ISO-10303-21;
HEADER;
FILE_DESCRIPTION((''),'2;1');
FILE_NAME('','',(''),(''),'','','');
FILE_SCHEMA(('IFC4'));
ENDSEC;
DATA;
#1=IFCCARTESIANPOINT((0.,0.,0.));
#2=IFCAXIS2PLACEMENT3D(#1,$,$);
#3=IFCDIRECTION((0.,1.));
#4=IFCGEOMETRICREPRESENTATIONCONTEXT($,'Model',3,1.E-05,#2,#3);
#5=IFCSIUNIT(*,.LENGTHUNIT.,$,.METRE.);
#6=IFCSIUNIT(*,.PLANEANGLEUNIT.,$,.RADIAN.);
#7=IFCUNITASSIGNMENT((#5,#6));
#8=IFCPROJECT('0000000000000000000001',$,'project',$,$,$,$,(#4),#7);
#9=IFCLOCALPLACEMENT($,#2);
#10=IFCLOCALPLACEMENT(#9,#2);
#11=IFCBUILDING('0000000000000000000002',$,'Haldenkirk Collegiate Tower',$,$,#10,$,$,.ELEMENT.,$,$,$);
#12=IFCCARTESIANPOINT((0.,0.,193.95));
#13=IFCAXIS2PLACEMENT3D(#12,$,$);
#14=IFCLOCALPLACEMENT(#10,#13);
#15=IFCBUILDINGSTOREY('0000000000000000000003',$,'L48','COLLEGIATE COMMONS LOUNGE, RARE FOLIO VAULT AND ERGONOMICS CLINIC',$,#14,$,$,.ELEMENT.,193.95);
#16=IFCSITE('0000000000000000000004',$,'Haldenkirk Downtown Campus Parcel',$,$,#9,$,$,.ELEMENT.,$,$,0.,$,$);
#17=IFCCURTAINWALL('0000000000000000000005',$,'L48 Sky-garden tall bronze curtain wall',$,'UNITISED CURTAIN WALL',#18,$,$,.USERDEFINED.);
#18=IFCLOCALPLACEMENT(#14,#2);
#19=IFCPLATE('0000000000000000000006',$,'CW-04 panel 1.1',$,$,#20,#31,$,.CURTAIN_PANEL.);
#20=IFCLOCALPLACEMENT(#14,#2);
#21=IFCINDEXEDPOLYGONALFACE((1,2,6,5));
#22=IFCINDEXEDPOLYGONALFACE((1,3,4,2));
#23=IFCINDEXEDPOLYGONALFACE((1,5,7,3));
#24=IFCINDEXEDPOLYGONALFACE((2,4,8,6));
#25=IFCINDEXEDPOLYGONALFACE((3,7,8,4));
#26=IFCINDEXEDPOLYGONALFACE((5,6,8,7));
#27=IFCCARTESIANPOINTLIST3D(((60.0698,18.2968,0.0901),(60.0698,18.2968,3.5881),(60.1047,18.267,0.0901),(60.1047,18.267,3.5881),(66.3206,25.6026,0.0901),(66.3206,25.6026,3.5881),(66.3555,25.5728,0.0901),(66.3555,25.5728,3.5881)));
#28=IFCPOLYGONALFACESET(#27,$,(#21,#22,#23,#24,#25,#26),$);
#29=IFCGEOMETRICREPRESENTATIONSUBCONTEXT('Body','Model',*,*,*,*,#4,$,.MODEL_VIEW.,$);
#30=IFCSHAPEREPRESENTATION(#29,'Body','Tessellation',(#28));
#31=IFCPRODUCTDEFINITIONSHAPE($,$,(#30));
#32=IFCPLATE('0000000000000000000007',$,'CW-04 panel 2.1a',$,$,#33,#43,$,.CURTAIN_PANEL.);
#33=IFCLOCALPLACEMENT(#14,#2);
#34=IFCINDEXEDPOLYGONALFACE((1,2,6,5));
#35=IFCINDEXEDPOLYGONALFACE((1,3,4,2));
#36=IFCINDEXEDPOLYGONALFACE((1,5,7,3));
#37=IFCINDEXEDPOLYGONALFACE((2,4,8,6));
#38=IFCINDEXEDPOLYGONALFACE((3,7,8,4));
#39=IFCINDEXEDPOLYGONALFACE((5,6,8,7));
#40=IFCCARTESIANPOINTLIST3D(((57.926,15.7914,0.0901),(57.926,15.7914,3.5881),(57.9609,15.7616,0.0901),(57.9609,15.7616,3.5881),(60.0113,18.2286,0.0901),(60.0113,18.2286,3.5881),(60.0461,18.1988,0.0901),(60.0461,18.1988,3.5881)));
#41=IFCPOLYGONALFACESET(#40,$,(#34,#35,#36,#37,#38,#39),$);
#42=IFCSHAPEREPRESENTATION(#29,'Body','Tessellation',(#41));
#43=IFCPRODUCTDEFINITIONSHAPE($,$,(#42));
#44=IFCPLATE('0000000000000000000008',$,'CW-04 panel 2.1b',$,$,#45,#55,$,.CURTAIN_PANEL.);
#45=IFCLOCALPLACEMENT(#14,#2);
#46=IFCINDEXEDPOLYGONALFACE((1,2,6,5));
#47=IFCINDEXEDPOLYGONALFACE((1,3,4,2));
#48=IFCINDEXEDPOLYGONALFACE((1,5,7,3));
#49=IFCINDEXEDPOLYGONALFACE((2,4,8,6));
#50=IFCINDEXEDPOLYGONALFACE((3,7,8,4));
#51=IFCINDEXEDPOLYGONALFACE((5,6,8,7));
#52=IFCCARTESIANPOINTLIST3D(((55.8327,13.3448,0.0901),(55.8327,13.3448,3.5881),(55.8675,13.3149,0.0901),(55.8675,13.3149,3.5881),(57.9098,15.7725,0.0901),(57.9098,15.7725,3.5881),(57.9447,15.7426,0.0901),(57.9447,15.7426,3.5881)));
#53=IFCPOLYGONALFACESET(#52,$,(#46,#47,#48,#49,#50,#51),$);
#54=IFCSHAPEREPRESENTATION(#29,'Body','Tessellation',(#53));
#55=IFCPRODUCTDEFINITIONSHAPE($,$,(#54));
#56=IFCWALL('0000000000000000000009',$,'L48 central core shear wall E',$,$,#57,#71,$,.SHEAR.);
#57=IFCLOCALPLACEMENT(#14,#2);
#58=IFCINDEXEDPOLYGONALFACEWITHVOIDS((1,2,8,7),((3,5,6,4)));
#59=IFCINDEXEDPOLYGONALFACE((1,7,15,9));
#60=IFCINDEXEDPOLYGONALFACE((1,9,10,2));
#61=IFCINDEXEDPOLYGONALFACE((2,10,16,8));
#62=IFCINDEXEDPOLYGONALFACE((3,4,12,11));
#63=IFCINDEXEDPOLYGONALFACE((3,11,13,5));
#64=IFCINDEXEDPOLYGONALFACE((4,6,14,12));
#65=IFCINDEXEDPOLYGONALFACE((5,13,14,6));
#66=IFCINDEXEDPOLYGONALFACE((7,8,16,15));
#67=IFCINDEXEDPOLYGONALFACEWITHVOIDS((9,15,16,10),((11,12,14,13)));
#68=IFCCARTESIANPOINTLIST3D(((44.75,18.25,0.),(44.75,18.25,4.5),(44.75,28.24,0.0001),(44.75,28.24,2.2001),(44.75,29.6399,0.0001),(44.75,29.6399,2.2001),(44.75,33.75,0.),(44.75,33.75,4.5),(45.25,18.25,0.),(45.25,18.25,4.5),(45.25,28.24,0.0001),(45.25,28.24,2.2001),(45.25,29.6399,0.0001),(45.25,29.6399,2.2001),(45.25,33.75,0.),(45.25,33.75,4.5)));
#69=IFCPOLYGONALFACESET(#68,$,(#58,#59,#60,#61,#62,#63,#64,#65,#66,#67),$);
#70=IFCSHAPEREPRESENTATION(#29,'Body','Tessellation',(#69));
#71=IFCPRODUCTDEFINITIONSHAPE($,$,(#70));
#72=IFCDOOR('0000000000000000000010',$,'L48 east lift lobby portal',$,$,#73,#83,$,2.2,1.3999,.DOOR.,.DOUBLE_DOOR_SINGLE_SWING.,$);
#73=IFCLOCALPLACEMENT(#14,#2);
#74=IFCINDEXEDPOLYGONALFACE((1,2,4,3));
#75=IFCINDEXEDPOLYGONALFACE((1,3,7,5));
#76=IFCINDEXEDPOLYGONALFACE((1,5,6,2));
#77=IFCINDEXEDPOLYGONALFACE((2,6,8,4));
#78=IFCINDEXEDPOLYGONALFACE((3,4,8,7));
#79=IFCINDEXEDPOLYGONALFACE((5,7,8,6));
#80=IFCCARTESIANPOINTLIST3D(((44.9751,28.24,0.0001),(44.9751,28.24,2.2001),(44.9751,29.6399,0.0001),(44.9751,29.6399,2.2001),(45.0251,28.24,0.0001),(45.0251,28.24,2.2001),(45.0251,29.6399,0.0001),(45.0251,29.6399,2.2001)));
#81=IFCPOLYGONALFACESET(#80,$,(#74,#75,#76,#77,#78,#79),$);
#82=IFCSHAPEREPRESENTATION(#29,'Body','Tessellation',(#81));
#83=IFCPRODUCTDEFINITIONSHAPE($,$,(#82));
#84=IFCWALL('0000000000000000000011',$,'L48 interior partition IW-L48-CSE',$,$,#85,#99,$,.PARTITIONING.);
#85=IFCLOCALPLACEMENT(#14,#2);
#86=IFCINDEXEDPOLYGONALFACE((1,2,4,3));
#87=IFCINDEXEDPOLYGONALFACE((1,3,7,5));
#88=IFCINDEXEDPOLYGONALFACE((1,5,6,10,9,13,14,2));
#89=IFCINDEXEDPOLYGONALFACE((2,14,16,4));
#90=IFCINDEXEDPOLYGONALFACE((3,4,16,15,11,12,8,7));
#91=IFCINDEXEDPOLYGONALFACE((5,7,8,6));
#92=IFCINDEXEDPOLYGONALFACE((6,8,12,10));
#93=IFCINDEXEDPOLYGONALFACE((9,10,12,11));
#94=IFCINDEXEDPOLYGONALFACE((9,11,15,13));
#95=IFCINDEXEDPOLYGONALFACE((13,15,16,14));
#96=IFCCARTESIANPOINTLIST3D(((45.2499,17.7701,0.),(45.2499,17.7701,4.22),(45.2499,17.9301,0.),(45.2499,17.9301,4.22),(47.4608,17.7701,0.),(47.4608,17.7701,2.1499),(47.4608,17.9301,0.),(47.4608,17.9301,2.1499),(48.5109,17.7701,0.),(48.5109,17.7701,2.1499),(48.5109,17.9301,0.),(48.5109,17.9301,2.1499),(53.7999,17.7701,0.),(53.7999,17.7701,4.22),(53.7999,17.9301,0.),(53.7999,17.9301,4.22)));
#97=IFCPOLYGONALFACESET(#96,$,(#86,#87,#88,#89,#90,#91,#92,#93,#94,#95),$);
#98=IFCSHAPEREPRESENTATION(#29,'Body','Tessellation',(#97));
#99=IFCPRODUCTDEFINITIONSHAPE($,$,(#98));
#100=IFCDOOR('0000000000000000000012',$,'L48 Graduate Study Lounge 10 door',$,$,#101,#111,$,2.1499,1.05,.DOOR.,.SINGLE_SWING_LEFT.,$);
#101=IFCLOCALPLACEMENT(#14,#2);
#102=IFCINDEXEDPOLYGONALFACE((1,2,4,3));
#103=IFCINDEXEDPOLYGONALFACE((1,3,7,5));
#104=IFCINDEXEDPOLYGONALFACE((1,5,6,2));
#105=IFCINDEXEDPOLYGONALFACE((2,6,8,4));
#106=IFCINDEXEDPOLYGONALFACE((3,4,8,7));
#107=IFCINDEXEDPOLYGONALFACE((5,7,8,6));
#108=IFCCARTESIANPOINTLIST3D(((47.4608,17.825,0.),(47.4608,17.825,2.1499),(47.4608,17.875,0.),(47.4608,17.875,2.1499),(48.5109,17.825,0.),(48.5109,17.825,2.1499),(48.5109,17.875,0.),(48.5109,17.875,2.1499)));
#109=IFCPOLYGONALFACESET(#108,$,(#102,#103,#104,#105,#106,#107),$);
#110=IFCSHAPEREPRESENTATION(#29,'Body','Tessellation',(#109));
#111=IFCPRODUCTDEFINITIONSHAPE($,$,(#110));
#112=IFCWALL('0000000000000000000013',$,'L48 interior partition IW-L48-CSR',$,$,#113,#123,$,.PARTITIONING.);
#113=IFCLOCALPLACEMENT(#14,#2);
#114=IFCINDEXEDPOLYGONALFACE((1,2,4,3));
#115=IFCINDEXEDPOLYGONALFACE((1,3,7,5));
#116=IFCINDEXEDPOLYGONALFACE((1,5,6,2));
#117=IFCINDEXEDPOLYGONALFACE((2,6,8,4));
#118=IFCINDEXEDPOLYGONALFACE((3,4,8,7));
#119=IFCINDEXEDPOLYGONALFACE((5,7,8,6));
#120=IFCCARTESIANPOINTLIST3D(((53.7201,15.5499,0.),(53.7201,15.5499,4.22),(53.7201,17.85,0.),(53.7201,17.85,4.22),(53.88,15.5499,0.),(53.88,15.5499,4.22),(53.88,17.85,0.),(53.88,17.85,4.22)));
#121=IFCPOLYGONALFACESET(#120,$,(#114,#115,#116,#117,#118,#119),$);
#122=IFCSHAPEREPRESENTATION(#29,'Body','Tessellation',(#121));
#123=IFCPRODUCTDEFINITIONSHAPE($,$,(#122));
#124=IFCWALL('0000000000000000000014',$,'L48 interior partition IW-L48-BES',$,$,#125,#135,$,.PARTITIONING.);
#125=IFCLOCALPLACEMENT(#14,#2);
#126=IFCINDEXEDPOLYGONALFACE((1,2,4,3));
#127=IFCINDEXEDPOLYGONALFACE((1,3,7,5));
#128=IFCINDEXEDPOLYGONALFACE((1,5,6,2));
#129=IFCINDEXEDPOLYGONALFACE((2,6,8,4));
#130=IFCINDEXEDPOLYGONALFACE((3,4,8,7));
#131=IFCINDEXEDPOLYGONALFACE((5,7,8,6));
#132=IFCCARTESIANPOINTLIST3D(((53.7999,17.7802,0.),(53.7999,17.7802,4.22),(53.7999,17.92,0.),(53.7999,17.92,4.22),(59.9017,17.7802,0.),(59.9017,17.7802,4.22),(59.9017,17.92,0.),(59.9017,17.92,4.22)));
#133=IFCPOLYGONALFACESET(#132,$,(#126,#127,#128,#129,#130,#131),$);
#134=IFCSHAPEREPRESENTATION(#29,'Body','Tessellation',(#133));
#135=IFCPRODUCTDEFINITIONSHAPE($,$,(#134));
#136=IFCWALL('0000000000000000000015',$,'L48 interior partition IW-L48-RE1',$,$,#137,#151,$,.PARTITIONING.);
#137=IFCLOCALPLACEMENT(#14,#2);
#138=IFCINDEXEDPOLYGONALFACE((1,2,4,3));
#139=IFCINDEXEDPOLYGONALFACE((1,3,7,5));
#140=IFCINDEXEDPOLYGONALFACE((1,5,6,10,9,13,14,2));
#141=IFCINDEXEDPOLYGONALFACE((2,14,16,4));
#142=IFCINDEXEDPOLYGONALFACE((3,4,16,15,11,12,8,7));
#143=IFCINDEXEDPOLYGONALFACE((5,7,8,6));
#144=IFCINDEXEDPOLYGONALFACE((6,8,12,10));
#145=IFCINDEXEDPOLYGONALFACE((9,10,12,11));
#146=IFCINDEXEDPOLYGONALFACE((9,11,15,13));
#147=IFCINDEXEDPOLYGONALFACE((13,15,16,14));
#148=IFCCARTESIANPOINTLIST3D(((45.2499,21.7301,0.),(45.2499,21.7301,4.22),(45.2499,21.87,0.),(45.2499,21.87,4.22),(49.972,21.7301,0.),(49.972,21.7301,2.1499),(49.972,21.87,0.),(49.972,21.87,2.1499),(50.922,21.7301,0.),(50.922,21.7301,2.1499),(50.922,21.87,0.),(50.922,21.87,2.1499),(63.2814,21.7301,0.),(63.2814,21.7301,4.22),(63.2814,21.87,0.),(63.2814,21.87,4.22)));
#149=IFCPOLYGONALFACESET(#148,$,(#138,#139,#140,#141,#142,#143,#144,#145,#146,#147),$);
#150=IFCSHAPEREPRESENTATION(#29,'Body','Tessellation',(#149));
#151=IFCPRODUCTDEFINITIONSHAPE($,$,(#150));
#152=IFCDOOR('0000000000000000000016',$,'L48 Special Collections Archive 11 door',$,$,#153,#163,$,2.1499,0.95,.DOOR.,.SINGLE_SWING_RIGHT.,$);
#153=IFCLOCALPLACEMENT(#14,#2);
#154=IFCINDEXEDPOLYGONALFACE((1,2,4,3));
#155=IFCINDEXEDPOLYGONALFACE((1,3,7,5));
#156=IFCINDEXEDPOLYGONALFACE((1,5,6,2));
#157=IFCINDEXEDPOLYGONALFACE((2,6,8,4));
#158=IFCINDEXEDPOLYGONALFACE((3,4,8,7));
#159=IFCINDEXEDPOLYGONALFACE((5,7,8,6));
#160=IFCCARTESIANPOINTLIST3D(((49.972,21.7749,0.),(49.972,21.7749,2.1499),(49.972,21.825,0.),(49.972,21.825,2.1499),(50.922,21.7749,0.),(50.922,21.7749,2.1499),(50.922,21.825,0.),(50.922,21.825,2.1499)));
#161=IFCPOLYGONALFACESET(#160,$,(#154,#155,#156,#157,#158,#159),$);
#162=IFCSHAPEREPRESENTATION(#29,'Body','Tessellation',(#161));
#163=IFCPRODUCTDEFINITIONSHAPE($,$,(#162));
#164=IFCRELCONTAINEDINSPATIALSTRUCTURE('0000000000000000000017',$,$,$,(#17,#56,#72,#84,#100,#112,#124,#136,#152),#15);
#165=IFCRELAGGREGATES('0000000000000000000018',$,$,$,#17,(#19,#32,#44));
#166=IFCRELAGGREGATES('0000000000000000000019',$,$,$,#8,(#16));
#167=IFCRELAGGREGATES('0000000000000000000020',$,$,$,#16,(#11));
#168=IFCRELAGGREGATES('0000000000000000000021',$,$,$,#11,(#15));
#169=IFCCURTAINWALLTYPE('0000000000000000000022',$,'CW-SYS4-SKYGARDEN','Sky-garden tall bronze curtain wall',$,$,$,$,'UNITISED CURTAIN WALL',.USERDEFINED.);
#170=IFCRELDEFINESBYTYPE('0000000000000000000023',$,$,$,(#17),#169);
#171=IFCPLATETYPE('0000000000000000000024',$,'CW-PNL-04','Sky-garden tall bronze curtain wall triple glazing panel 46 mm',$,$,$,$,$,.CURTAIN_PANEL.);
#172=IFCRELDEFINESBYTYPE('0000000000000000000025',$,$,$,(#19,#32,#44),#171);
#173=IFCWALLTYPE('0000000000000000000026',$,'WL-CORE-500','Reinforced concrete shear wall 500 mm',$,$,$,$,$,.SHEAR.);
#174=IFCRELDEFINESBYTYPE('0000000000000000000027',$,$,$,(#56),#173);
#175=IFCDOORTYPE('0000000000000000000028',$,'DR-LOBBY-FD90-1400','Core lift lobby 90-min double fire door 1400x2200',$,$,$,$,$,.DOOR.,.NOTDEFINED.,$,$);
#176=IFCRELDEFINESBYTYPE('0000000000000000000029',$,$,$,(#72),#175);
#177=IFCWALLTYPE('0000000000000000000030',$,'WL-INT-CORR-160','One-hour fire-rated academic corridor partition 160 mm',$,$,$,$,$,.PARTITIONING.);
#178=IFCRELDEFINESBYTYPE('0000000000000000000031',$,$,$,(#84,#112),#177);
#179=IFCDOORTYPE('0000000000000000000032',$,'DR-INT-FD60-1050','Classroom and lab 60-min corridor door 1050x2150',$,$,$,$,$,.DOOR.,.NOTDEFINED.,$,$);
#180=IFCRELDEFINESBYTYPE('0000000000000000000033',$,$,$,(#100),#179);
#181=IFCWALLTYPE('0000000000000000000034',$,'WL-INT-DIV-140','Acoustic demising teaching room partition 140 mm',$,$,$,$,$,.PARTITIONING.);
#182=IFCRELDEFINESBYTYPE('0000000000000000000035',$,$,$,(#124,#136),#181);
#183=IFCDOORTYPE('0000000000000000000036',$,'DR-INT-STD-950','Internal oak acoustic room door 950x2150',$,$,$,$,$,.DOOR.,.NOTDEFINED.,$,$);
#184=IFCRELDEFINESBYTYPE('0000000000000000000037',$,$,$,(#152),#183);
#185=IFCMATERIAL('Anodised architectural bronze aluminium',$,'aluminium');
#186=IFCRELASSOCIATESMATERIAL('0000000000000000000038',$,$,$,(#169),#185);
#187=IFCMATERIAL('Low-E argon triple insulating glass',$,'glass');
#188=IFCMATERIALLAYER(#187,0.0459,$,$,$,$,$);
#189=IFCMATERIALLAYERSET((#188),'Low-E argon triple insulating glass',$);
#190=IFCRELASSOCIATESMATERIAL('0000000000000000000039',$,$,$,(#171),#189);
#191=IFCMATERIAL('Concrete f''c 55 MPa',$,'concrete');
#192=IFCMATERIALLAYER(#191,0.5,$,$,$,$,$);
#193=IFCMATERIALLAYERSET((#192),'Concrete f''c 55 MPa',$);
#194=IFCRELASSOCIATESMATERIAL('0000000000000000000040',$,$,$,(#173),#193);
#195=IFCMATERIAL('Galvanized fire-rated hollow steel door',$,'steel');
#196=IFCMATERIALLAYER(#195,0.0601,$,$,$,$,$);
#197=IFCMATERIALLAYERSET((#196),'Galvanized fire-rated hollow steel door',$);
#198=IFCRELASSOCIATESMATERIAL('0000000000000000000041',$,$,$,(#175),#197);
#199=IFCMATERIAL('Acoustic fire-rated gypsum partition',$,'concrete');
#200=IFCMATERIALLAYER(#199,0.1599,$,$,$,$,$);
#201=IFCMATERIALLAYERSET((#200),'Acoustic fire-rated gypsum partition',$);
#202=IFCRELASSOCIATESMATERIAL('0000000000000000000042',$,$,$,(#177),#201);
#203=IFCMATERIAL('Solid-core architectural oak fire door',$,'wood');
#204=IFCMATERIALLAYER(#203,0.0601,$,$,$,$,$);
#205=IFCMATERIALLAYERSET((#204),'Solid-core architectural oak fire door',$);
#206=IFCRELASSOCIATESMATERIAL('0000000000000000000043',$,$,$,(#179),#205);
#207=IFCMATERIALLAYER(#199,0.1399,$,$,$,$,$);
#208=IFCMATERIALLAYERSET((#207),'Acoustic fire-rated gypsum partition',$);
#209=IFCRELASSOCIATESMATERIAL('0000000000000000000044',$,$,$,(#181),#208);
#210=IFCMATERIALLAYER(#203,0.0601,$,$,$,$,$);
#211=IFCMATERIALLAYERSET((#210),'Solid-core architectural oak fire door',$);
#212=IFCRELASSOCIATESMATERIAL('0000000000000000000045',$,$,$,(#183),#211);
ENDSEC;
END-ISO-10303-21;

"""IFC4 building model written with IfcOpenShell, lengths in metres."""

from ifc_helpers import new_model, si_unit, direction, frame, frame_2d, origin, origin_2d, place, context, subcontext, project, spatial, rectangle, extrude, source, transform, mapped, material, layer, layer_set, type_object, element, fill, aggregate, save


model = new_model("IFC4")

# Units and contexts
model_context = context("Model", 3, precision=1e-05, world=origin(), true_north=direction((0.0, 1.0)))
body_context = subcontext(model_context, "Body", "Model", "MODEL_VIEW")
ifc_project = project(units=[si_unit("LENGTHUNIT", "METRE"), si_unit("PLANEANGLEUNIT", "RADIAN")], contexts=[model_context])

# Site, building, storey
site_placement = place(None, origin())
site = spatial("IfcSite", under=ifc_project, at=site_placement, Name="Haldenkirk Downtown Campus Parcel", CompositionType="ELEMENT", RefElevation=0.0)
building_placement = place(site_placement, origin())
building = spatial("IfcBuilding", under=site, at=building_placement, Name="Haldenkirk Collegiate Tower", CompositionType="ELEMENT")
storey_placement = place(building_placement, frame((0.0, 0.0, 193.95)))
storey = spatial("IfcBuildingStorey", under=building, at=storey_placement, Name="L48", Description="COLLEGIATE COMMONS LOUNGE, RARE FOLIO VAULT AND ERGONOMICS CLINIC", CompositionType="ELEMENT", Elevation=193.95)

# Curtain wall
ifc_material_1 = material(Name="Anodised architectural bronze aluminium", Category="aluminium")
curtain_wall_type = type_object("IfcCurtainWallType", Name="CW-SYS4-SKYGARDEN", Description="Sky-garden tall bronze curtain wall", ElementType="UNITISED CURTAIN WALL", PredefinedType="USERDEFINED", material=ifc_material_1)
curtain_wall_placement = place(storey_placement, origin())
curtain_wall = element("IfcCurtainWall", 1, at=curtain_wall_placement, inside=storey, type_object=curtain_wall_type, Name="L48 Sky-garden tall bronze curtain wall", ObjectType="UNITISED CURTAIN WALL", PredefinedType="USERDEFINED")

# Plates
ifc_material_2 = material(Name="Low-E argon triple insulating glass", Category="glass")
ifc_layer_1 = layer(ifc_material_2, 0.0459)
ifc_layer_set_1 = layer_set([ifc_layer_1], Name="Low-E argon triple insulating glass")
plate_type_1 = type_object("IfcPlateType", Name="CW-PNL-04", Description="Sky-garden tall bronze curtain wall triple glazing panel 46 mm", PredefinedType="CURTAIN_PANEL", material=ifc_layer_set_1)
shared_shape_1 = source(origin(), body_context, "Body", "SweptSolid", [
    extrude(rectangle(XDim=9.615, YDim=0.0459, at=origin_2d()), origin(), (0.0, 0.0, 1.0), 3.498),
])
plate_1_placement = place(storey_placement, frame((63.2126, 21.9348, 0.0901), z_axis=(0.0, 0.0, 1.0), x_axis=(-0.650114, -0.759837, 0.0)))
plate_1 = element("IfcPlate", 2, at=plate_1_placement, type_object=plate_type_1, Name="CW-04 panel 1.1", PredefinedType="CURTAIN_PANEL", context=body_context, shape_type="MappedRepresentation", body=[
    mapped(shared_shape_1, transform((0.0, 0.0, 0.0), x_axis=(1.0, 0.0, 0.0), y_axis=(0.0, 1.0, 0.0), z_axis=(0.0, 0.0, 1.0), scale=1.0)),
])
shared_shape_2 = source(origin(), body_context, "Body", "SweptSolid", [
    extrude(rectangle(XDim=3.2075, YDim=0.0459, at=origin_2d()), origin(), (0.0, 0.0, 1.0), 3.498),
])
plate_2_placement = place(storey_placement, frame((58.9861, 16.9951, 0.0901), z_axis=(0.0, 0.0, 1.0), x_axis=(-0.650114, -0.759837, 0.0)))
plate_2 = element("IfcPlate", 3, at=plate_2_placement, type_object=plate_type_1, Name="CW-04 panel 2.1a", PredefinedType="CURTAIN_PANEL", context=body_context, shape_type="MappedRepresentation", body=[
    mapped(shared_shape_2, transform((0.0, 0.0, 0.0), x_axis=(1.0, 0.0, 0.0), y_axis=(0.0, 1.0, 0.0), z_axis=(0.0, 0.0, 1.0), scale=1.0)),
])
shared_shape_3 = source(origin(), body_context, "Body", "SweptSolid", [
    extrude(rectangle(XDim=3.1951, YDim=0.0459, at=origin_2d()), origin(), (0.0, 0.0, 1.0), 3.498),
])
plate_3_placement = place(storey_placement, frame((56.8887, 14.5437, 0.0901), z_axis=(0.0, 0.0, 1.0), x_axis=(-0.650114, -0.759837, 0.0)))
plate_3 = element("IfcPlate", 4, at=plate_3_placement, type_object=plate_type_1, Name="CW-04 panel 2.1b", PredefinedType="CURTAIN_PANEL", context=body_context, shape_type="MappedRepresentation", body=[
    mapped(shared_shape_3, transform((0.0, 0.0, 0.0), x_axis=(1.0, 0.0, 0.0), y_axis=(0.0, 1.0, 0.0), z_axis=(0.0, 0.0, 1.0), scale=1.0)),
])
aggregate(curtain_wall, [plate_1, plate_2, plate_3])

# Walls, openings, doors
ifc_material_3 = material(Name="Concrete f'c 55 MPa", Category="concrete")
ifc_layer_2 = layer(ifc_material_3, 0.5)
ifc_layer_set_2 = layer_set([ifc_layer_2], Name="Concrete f'c 55 MPa")
wall_type_1 = type_object("IfcWallType", Name="WL-CORE-500", Description="Reinforced concrete shear wall 500 mm", PredefinedType="SHEAR", material=ifc_layer_set_2)
wall_1_placement = place(storey_placement, frame((45.0, 18.25, 0.0), z_axis=(0.0, 0.0, 1.0), x_axis=(0.0, 1.0, 0.0)))
wall_1 = element("IfcWall", 5, at=wall_1_placement, inside=storey, type_object=wall_type_1, Name="L48 central core shear wall E", PredefinedType="SHEAR", context=body_context, shape_type="SweptSolid", body=[
    extrude(rectangle(XDim=15.5, YDim=0.5, at=frame_2d((7.75, 0.0))), origin(), (0.0, 0.0, 1.0), 4.5),
])
opening_1_placement = place(wall_1_placement, frame((9.99, 0.0, 0.0)))
opening_1 = element("IfcOpeningElement", 6, at=opening_1_placement, cuts=wall_1, PredefinedType="OPENING", context=body_context, shape_type="SweptSolid", body=[
    extrude(rectangle(XDim=1.3999, YDim=2.2, at=frame_2d((0.7, 1.1001))), frame((0.0, 0.26, 0.0), z_axis=(0.0, -1.0, 0.0), x_axis=(1.0, 0.0, 0.0)), (0.0, 0.0, 1.0), 0.52),
])
ifc_material_4 = material(Name="Galvanized fire-rated hollow steel door", Category="steel")
ifc_layer_3 = layer(ifc_material_4, 0.0601)
ifc_layer_set_3 = layer_set([ifc_layer_3], Name="Galvanized fire-rated hollow steel door")
door_type_1 = type_object("IfcDoorType", Name="DR-LOBBY-FD90-1400", Description="Core lift lobby 90-min double fire door 1400x2200", OperationType="NOTDEFINED", PredefinedType="DOOR", material=ifc_layer_set_3)
door_1_placement = place(opening_1_placement, origin())
door_1 = element("IfcDoor", 7, at=door_1_placement, inside=storey, type_object=door_type_1, Name="L48 east lift lobby portal", OperationType="DOUBLE_DOOR_SINGLE_SWING", OverallHeight=2.2, OverallWidth=1.3999, PredefinedType="DOOR", context=body_context, shape_type="SweptSolid", body=[
    extrude(rectangle(XDim=1.3999, YDim=2.2, at=frame_2d((0.7, 1.1001))), frame((0.0, 0.0249, 0.0), z_axis=(0.0, -1.0, 0.0), x_axis=(1.0, 0.0, 0.0)), (0.0, 0.0, 1.0), 0.05),
])
fill(opening_1, door_1)
ifc_material_5 = material(Name="Acoustic fire-rated gypsum partition", Category="concrete")
ifc_layer_4 = layer(ifc_material_5, 0.1599)
ifc_layer_set_4 = layer_set([ifc_layer_4], Name="Acoustic fire-rated gypsum partition")
wall_type_2 = type_object("IfcWallType", Name="WL-INT-CORR-160", Description="One-hour fire-rated academic corridor partition 160 mm", PredefinedType="PARTITIONING", material=ifc_layer_set_4)
wall_2_placement = place(storey_placement, frame((45.25, 17.8501, 0.0), z_axis=(0.0, 0.0, 1.0), x_axis=(1.0, 0.0, 0.0)))
wall_2 = element("IfcWall", 8, at=wall_2_placement, inside=storey, type_object=wall_type_2, Name="L48 interior partition IW-L48-CSE", PredefinedType="PARTITIONING", context=body_context, shape_type="SweptSolid", body=[
    extrude(rectangle(XDim=8.55, YDim=0.1599, at=frame_2d((4.2749, 0.0))), origin(), (0.0, 0.0, 1.0), 4.22),
])
opening_2_placement = place(wall_2_placement, frame((2.2109, 0.0, 0.0)))
opening_2 = element("IfcOpeningElement", 9, at=opening_2_placement, cuts=wall_2, PredefinedType="OPENING", context=body_context, shape_type="SweptSolid", body=[
    extrude(rectangle(XDim=1.05, YDim=2.1499, at=frame_2d((0.5249, 1.075))), frame((0.0, 0.0898, 0.0), z_axis=(0.0, -1.0, 0.0), x_axis=(1.0, 0.0, 0.0)), (0.0, 0.0, 1.0), 0.1799),
])
ifc_material_6 = material(Name="Solid-core architectural oak fire door", Category="wood")
ifc_layer_5 = layer(ifc_material_6, 0.0601)
ifc_layer_set_5 = layer_set([ifc_layer_5], Name="Solid-core architectural oak fire door")
door_type_2 = type_object("IfcDoorType", Name="DR-INT-FD60-1050", Description="Classroom and lab 60-min corridor door 1050x2150", OperationType="NOTDEFINED", PredefinedType="DOOR", material=ifc_layer_set_5)
door_2_placement = place(opening_2_placement, origin())
door_2 = element("IfcDoor", 10, at=door_2_placement, inside=storey, type_object=door_type_2, Name="L48 Graduate Study Lounge 10 door", OperationType="SINGLE_SWING_LEFT", OverallHeight=2.1499, OverallWidth=1.05, PredefinedType="DOOR", context=body_context, shape_type="SweptSolid", body=[
    extrude(rectangle(XDim=1.05, YDim=2.1499, at=frame_2d((0.5249, 1.075))), frame((0.0, 0.0249, 0.0), z_axis=(0.0, -1.0, 0.0), x_axis=(1.0, 0.0, 0.0)), (0.0, 0.0, 1.0), 0.05),
])
fill(opening_2, door_2)

# Walls
wall_3_placement = place(storey_placement, frame((53.8, 15.55, 0.0), z_axis=(0.0, 0.0, 1.0), x_axis=(0.0, 1.0, 0.0)))
element("IfcWall", 11, at=wall_3_placement, inside=storey, type_object=wall_type_2, Name="L48 interior partition IW-L48-CSR", PredefinedType="PARTITIONING", context=body_context, shape_type="SweptSolid", body=[
    extrude(rectangle(XDim=2.3, YDim=0.1599, at=frame_2d((1.1499, 0.0))), origin(), (0.0, 0.0, 1.0), 4.22),
])
ifc_layer_6 = layer(ifc_material_5, 0.1399)
ifc_layer_set_6 = layer_set([ifc_layer_6], Name="Acoustic fire-rated gypsum partition")
wall_type_3 = type_object("IfcWallType", Name="WL-INT-DIV-140", Description="Acoustic demising teaching room partition 140 mm", PredefinedType="PARTITIONING", material=ifc_layer_set_6)
wall_4_placement = place(storey_placement, frame((53.8, 17.8501, 0.0), z_axis=(0.0, 0.0, 1.0), x_axis=(1.0, 0.0, 0.0)))
element("IfcWall", 12, at=wall_4_placement, inside=storey, type_object=wall_type_3, Name="L48 interior partition IW-L48-BES", PredefinedType="PARTITIONING", context=body_context, shape_type="SweptSolid", body=[
    extrude(rectangle(XDim=6.1018, YDim=0.1399, at=frame_2d((3.0508, 0.0))), origin(), (0.0, 0.0, 1.0), 4.22),
])

# Wall, opening, door
wall_5_placement = place(storey_placement, frame((45.25, 21.8, 0.0), z_axis=(0.0, 0.0, 1.0), x_axis=(1.0, 0.0, 0.0)))
wall_5 = element("IfcWall", 13, at=wall_5_placement, inside=storey, type_object=wall_type_3, Name="L48 interior partition IW-L48-RE1", PredefinedType="PARTITIONING", context=body_context, shape_type="SweptSolid", body=[
    extrude(rectangle(XDim=18.0315, YDim=0.1399, at=frame_2d((9.0156, 0.0))), origin(), (0.0, 0.0, 1.0), 4.22),
])
opening_3_placement = place(wall_5_placement, frame((4.7219, 0.0, 0.0)))
opening_3 = element("IfcOpeningElement", 14, at=opening_3_placement, cuts=wall_5, PredefinedType="OPENING", context=body_context, shape_type="SweptSolid", body=[
    extrude(rectangle(XDim=0.95, YDim=2.1499, at=frame_2d((0.4751, 1.075))), frame((0.0, 0.0798, 0.0), z_axis=(0.0, -1.0, 0.0), x_axis=(1.0, 0.0, 0.0)), (0.0, 0.0, 1.0), 0.1599),
])
ifc_layer_7 = layer(ifc_material_6, 0.0601)
ifc_layer_set_7 = layer_set([ifc_layer_7], Name="Solid-core architectural oak fire door")
door_type_3 = type_object("IfcDoorType", Name="DR-INT-STD-950", Description="Internal oak acoustic room door 950x2150", OperationType="NOTDEFINED", PredefinedType="DOOR", material=ifc_layer_set_7)
door_3_placement = place(opening_3_placement, origin())
door_3 = element("IfcDoor", 15, at=door_3_placement, inside=storey, type_object=door_type_3, Name="L48 Special Collections Archive 11 door", OperationType="SINGLE_SWING_RIGHT", OverallHeight=2.1499, OverallWidth=0.95, PredefinedType="DOOR", context=body_context, shape_type="SweptSolid", body=[
    extrude(rectangle(XDim=0.95, YDim=2.1499, at=frame_2d((0.4751, 1.075))), frame((0.0, 0.0249, 0.0), z_axis=(0.0, -1.0, 0.0), x_axis=(1.0, 0.0, 0.0)), (0.0, 0.0, 1.0), 0.05),
])
fill(opening_3, door_3)

save(model, "model.ifc")
